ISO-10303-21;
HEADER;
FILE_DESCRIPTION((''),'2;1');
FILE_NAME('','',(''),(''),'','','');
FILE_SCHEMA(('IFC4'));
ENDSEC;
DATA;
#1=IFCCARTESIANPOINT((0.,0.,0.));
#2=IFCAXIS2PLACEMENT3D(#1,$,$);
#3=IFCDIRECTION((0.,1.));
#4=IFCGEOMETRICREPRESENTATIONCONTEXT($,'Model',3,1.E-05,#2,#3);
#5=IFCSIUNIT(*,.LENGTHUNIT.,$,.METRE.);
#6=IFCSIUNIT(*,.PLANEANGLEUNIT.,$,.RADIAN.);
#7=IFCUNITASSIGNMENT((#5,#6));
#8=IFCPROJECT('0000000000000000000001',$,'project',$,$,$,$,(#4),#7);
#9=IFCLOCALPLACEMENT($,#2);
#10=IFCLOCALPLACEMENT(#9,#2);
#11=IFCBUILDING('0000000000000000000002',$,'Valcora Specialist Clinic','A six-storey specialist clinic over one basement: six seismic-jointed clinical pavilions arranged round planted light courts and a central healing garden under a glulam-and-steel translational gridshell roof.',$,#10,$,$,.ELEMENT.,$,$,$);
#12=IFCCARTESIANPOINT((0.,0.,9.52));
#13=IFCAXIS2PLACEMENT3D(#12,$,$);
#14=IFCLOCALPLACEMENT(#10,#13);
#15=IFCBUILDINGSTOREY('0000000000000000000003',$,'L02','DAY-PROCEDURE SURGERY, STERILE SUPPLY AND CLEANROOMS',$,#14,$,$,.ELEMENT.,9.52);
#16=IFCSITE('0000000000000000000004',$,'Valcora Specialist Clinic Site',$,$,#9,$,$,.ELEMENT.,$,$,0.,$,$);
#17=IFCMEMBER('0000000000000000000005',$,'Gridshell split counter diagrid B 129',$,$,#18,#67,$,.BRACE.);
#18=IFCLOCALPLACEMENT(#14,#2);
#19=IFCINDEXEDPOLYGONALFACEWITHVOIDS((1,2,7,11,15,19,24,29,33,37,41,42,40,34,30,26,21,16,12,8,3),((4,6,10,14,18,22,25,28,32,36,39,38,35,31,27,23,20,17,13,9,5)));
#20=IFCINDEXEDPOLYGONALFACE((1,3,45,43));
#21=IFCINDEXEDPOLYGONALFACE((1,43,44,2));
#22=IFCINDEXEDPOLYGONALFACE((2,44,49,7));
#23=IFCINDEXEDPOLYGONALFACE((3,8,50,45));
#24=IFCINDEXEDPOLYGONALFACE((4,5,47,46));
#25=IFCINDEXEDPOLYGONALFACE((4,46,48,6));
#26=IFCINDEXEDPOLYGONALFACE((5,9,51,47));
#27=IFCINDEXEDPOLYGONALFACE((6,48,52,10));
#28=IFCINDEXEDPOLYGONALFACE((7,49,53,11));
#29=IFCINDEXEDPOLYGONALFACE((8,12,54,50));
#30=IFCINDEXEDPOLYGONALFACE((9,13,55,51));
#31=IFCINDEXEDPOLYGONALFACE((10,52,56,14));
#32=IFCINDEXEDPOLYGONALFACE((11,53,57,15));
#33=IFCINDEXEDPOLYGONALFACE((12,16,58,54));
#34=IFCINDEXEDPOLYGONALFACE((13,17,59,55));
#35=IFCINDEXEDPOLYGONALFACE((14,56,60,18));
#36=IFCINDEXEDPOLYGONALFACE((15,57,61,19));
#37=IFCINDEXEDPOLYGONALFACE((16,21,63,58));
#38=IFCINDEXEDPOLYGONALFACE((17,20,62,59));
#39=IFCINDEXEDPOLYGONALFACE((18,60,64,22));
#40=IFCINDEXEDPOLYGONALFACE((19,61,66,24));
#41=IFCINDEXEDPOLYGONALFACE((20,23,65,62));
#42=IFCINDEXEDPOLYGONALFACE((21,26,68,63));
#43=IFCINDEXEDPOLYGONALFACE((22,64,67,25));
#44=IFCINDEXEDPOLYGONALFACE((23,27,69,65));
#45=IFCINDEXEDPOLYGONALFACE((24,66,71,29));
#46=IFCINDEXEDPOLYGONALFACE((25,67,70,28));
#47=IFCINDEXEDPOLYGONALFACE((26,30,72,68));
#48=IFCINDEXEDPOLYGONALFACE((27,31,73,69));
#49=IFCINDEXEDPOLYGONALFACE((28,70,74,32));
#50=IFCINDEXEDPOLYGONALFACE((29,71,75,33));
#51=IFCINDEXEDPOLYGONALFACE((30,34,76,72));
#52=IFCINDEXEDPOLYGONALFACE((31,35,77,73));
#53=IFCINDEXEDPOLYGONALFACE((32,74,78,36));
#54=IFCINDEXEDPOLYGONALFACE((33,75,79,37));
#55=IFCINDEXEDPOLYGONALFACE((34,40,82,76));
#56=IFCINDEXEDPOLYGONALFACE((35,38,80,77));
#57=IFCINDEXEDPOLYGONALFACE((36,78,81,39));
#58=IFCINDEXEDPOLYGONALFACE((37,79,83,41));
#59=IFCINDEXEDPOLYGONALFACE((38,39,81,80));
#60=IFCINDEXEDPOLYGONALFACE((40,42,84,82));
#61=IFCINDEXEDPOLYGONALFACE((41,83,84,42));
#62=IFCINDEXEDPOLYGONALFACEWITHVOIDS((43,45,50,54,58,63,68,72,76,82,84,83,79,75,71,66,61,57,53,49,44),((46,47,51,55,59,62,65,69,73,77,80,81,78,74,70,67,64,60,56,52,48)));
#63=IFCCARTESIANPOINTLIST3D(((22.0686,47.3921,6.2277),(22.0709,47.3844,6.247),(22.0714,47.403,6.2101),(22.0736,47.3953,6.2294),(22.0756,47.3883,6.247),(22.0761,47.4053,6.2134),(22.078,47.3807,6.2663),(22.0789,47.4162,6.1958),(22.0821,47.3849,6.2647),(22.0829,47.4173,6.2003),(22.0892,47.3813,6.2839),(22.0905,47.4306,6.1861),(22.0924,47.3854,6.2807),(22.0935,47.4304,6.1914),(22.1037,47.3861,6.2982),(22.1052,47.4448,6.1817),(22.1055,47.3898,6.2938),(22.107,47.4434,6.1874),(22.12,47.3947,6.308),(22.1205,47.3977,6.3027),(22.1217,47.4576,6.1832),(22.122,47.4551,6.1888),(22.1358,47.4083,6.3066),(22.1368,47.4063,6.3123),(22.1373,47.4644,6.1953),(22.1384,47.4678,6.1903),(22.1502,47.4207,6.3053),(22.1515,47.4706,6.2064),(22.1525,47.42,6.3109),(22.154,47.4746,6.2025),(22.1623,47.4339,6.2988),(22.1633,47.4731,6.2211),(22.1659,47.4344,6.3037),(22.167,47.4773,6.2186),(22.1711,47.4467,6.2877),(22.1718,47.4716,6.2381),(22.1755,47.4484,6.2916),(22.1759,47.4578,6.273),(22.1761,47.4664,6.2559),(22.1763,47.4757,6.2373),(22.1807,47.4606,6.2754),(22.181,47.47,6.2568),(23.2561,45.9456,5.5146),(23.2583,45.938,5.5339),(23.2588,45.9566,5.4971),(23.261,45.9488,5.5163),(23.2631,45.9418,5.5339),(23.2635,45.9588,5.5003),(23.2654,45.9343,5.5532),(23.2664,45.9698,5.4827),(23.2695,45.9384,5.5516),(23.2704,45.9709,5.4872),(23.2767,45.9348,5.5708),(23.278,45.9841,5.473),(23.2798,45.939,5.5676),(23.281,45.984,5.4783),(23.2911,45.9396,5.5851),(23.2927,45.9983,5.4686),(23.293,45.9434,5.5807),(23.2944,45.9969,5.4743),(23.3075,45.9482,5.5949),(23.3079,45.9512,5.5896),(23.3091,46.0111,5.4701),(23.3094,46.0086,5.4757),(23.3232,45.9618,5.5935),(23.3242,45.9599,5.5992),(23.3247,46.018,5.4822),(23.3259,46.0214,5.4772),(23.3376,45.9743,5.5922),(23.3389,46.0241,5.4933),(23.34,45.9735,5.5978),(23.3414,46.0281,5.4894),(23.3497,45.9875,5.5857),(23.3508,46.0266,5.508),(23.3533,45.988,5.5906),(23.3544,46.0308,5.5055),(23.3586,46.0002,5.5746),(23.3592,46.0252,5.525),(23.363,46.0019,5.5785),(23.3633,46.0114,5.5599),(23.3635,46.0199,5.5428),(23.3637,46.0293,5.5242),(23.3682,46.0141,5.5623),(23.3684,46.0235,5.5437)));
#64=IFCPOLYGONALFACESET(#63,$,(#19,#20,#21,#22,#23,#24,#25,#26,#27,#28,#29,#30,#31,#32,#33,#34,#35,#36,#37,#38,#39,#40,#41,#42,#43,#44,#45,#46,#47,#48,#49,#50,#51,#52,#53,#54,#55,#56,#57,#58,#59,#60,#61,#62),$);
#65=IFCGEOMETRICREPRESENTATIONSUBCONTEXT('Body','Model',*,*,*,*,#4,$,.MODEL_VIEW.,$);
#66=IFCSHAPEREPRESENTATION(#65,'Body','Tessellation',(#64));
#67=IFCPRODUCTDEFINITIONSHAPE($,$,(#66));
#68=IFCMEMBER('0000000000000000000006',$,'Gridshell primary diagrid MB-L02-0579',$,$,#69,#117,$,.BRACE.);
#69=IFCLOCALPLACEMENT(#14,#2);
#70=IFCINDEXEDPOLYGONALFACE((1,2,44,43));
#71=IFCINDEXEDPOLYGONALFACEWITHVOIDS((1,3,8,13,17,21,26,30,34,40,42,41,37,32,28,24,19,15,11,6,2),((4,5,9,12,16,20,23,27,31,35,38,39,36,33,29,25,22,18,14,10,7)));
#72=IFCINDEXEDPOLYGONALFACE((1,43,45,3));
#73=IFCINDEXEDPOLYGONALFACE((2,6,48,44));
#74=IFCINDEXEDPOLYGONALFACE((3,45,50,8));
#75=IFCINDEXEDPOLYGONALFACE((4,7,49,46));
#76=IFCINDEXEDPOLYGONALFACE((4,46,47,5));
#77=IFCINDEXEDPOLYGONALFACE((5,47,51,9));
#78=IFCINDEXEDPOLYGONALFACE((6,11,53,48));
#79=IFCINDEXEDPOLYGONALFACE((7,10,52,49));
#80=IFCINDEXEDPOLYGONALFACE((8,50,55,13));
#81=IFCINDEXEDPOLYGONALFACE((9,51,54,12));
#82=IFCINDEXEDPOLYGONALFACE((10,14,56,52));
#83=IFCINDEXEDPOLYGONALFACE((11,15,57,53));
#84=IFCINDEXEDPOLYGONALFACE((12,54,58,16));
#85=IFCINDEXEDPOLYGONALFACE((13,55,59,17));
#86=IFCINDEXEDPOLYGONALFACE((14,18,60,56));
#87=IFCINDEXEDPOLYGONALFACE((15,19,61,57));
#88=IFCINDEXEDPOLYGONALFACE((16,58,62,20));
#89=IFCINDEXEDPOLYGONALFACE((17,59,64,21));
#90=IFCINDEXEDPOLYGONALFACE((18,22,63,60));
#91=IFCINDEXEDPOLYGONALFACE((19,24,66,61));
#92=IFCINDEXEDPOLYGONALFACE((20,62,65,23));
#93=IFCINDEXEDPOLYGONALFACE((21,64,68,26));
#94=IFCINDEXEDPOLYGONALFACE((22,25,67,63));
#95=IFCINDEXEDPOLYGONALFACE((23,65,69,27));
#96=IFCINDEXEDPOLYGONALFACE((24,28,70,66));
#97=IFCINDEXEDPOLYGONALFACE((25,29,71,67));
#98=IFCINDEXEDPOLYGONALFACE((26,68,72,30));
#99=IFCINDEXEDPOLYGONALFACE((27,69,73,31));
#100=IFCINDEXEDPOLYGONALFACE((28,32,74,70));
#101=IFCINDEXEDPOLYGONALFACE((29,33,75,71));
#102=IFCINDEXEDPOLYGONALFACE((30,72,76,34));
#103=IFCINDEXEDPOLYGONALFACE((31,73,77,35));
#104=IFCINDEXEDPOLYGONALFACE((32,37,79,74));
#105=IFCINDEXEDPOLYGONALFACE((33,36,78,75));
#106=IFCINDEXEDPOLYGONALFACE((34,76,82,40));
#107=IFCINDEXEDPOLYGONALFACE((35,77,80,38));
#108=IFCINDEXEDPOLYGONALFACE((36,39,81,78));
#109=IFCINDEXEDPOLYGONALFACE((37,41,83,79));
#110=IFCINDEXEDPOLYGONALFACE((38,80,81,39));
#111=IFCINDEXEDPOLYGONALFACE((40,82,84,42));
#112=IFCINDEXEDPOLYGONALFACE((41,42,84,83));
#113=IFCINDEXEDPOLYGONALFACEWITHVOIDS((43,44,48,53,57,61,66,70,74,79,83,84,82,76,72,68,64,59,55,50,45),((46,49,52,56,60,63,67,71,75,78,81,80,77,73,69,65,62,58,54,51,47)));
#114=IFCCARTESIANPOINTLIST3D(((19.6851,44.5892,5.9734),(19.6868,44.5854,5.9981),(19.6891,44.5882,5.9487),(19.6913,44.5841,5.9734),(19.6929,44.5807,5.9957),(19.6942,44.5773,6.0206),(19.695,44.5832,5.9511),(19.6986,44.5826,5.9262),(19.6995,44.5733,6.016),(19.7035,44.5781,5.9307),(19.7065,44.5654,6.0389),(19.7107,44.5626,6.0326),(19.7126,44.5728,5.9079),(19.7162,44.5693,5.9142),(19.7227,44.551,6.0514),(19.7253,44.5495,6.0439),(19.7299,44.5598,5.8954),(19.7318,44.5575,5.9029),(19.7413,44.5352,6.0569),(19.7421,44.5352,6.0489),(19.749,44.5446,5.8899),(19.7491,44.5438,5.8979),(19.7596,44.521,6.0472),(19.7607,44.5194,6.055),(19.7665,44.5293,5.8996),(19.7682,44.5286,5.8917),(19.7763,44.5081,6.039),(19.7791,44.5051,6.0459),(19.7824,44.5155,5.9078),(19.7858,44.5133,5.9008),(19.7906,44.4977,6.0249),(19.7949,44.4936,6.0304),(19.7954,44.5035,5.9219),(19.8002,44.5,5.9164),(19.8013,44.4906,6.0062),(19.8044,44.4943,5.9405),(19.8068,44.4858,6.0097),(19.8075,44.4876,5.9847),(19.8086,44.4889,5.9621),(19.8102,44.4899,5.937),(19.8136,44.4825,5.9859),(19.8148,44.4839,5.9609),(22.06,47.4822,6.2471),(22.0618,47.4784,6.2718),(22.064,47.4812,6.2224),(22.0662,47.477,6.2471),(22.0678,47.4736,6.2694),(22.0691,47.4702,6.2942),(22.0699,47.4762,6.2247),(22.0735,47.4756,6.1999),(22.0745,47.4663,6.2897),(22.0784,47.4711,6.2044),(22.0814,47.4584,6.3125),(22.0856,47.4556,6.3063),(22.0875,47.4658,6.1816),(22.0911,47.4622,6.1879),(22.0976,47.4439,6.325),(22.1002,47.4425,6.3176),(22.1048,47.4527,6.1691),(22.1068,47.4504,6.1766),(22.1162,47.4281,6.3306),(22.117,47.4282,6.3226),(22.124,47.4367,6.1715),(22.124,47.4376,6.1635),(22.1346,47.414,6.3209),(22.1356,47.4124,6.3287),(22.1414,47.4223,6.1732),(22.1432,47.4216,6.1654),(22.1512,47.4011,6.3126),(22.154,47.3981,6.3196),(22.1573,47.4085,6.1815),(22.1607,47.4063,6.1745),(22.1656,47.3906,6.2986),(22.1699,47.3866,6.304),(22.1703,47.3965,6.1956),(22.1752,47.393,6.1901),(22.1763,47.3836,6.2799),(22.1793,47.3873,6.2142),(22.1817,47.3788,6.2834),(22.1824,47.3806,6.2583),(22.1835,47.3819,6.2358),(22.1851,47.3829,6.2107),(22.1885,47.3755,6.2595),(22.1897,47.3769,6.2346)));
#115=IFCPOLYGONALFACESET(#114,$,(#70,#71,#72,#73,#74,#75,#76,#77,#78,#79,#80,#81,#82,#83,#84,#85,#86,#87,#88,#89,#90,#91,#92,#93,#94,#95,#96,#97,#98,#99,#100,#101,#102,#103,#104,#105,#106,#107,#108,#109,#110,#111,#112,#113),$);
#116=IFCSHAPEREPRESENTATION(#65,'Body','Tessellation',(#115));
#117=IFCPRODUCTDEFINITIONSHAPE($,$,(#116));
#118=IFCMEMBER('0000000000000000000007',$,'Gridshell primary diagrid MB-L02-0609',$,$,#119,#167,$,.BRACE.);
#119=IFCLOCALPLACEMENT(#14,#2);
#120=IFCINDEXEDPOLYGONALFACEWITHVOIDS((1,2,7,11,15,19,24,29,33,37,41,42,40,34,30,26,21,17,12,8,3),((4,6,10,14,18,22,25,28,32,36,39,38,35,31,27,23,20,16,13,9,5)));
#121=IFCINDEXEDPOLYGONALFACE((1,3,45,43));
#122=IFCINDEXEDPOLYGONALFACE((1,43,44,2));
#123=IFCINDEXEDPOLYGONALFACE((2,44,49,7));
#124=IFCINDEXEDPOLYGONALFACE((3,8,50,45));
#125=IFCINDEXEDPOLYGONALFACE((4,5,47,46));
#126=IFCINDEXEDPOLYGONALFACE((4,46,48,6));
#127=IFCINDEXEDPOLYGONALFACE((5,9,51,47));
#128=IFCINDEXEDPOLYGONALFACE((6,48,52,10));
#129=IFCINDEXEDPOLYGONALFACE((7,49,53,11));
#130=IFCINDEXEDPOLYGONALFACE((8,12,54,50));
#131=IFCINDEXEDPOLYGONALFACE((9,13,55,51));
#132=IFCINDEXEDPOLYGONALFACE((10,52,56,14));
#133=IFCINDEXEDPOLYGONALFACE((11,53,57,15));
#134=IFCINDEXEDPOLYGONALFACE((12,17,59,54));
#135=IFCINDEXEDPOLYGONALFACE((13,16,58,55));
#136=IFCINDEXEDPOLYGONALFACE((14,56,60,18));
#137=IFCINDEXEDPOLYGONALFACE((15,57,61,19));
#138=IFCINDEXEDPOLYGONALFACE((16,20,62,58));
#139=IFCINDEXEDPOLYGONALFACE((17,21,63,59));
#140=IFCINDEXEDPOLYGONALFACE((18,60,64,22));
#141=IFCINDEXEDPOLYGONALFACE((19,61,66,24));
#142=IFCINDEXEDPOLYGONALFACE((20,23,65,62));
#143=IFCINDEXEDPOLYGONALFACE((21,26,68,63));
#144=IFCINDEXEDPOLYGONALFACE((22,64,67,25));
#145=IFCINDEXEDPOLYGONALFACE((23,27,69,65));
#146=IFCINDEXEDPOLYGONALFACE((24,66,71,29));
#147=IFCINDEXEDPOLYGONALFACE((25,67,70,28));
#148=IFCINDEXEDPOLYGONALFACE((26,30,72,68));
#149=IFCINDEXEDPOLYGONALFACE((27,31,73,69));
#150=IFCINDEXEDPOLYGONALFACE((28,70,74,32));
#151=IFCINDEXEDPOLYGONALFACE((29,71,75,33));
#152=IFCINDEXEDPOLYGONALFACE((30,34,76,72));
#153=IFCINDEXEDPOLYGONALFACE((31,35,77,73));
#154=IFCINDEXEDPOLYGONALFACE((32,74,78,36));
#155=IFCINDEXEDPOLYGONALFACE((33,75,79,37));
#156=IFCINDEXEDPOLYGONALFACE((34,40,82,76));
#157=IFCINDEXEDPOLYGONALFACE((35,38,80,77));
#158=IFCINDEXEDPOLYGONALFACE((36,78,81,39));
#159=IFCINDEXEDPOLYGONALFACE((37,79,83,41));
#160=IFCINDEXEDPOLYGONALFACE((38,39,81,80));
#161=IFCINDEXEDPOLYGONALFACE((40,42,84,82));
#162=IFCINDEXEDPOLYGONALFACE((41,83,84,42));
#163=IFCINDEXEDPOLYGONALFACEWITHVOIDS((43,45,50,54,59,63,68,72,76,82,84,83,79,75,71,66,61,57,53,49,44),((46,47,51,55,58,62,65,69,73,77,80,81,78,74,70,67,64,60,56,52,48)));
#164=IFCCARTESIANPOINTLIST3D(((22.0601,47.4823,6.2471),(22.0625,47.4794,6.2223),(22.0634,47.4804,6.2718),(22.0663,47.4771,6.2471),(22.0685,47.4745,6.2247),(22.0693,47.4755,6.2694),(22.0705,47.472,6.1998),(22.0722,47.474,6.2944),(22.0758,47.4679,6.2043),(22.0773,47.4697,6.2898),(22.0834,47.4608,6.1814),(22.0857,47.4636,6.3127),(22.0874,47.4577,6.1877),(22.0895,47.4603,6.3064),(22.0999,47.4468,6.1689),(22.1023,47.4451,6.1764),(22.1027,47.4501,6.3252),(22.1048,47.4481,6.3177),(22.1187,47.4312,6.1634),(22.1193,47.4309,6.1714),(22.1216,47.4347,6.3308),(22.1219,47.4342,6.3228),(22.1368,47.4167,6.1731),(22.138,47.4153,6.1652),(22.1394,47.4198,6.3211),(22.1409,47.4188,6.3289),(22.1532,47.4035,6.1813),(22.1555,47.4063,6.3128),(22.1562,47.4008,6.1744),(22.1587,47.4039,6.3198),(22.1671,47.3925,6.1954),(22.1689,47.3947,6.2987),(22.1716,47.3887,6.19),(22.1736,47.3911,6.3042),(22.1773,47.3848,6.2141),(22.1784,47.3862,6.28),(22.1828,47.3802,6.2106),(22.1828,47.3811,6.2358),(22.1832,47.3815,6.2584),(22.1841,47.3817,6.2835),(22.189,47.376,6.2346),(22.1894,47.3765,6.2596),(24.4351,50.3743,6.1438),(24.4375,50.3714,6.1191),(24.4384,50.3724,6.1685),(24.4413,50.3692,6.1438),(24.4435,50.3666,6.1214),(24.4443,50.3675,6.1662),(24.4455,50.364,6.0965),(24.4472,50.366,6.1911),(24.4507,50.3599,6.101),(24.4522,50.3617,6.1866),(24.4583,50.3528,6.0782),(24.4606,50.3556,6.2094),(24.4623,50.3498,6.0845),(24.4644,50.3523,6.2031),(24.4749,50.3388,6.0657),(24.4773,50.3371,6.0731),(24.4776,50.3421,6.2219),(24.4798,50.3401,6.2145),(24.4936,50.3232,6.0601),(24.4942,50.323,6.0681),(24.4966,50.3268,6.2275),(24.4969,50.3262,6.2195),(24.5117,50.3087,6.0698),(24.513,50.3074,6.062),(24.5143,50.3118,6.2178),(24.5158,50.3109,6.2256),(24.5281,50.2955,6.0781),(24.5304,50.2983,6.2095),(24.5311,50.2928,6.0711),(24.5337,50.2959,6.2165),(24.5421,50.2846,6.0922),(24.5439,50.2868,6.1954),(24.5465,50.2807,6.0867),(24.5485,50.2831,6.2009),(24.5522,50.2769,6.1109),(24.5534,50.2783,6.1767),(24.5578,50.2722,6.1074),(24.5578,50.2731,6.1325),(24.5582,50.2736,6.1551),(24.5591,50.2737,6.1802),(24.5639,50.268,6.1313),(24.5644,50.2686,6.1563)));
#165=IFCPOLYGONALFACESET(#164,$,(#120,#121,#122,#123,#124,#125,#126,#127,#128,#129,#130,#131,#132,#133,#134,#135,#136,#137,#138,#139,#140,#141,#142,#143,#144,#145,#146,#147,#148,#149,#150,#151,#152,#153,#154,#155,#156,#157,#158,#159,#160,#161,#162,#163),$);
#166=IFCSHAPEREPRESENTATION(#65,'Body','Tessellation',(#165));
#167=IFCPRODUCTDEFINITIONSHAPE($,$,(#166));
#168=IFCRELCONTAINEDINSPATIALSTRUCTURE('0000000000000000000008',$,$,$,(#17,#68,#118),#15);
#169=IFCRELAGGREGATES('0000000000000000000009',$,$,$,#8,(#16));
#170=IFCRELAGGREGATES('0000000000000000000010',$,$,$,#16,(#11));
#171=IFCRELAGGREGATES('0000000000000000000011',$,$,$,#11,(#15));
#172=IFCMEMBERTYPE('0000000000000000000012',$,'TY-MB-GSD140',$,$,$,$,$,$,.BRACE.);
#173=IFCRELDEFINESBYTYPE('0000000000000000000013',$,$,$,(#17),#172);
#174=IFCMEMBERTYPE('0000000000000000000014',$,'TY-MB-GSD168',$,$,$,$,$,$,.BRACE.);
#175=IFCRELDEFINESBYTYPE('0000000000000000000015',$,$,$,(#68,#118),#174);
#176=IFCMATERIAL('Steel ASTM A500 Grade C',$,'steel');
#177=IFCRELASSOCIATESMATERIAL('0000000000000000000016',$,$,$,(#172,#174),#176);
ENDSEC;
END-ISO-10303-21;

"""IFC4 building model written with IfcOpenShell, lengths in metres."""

from ifc_helpers import new_model, si_unit, direction, frame, origin, origin_2d, place, context, subcontext, project, spatial, hollow_circle, extrude, material, material_profile, profile_set, type_object, element, save


model = new_model("IFC4")

# Units and contexts
model_context = context("Model", 3, precision=1e-05, world=origin(), true_north=direction((0.0, 1.0)))
body_context = subcontext(model_context, "Body", "Model", "MODEL_VIEW")
ifc_project = project(units=[si_unit("LENGTHUNIT", "METRE"), si_unit("PLANEANGLEUNIT", "RADIAN")], contexts=[model_context])

# Site, building, storey
site_placement = place(None, origin())
site = spatial("IfcSite", under=ifc_project, at=site_placement, Name="Valcora Specialist Clinic Site", CompositionType="ELEMENT", RefElevation=0.0)
building_placement = place(site_placement, origin())
building = spatial("IfcBuilding", under=site, at=building_placement, Name="Valcora Specialist Clinic", Description="A six-storey specialist clinic over one basement: six seismic-jointed clinical pavilions arranged round planted light courts and a central healing garden under a glulam-and-steel translational gridshell roof.", CompositionType="ELEMENT")
storey_placement = place(building_placement, frame((0.0, 0.0, 9.52)))
storey = spatial("IfcBuildingStorey", under=building, at=storey_placement, Name="L02", Description="DAY-PROCEDURE SURGERY, STERILE SUPPLY AND CLEANROOMS", CompositionType="ELEMENT", Elevation=9.52)

# Members
ifc_material_1 = material(Name="Steel ASTM A500 Grade C", Category="steel")
ifc_material_profile_1 = material_profile(ifc_material_1, hollow_circle(Radius=0.0701, WallThickness=0.0061, at=origin_2d()), Name="ST-CHS-140X6")
ifc_profile_set_1 = profile_set([ifc_material_profile_1], Name="Steel ASTM A500 Grade C")
member_type_1 = type_object("IfcMemberType", Name="TY-MB-GSD140", PredefinedType="BRACE", material=ifc_profile_set_1)
member_1_placement = place(storey_placement, frame((23.3125, 45.9824, 5.5339), z_axis=(-0.592922, 0.722258, 0.35607), x_axis=(-0.772916, -0.634508, 0.0)))
element("IfcMember", 1, at=member_1_placement, inside=storey, type_object=member_type_1, Name="Gridshell split counter diagrid B 129", PredefinedType="BRACE", context=body_context, shape_type="SweptSolid", body=[
    extrude(hollow_circle(Radius=0.0701, WallThickness=0.0061, at=origin_2d()), origin(), (0.0, 0.0, 1.0), 2.0027),
])
ifc_material_profile_2 = material_profile(ifc_material_1, hollow_circle(Radius=0.084, WallThickness=0.0081, at=origin_2d()), Name="ST-CHS-168X8")
ifc_profile_set_2 = profile_set([ifc_material_profile_2], Name="Steel ASTM A500 Grade C")
member_type_2 = type_object("IfcMemberType", Name="TY-MB-GSD168", PredefinedType="BRACE", material=ifc_profile_set_2)
member_2_placement = place(storey_placement, frame((19.75, 44.5359, 5.9734), z_axis=(0.632819, 0.770858, 0.072923), x_axis=(-0.772916, 0.634508, 0.0)))
element("IfcMember", 2, at=member_2_placement, inside=storey, type_object=member_type_2, Name="Gridshell primary diagrid MB-L02-0579", PredefinedType="BRACE", context=body_context, shape_type="SweptSolid", body=[
    extrude(hollow_circle(Radius=0.084, WallThickness=0.0081, at=origin_2d()), origin(), (0.0, 0.0, 1.0), 3.7529),
])
member_3_placement = place(storey_placement, frame((22.125, 47.429, 6.2471), z_axis=(0.634395, 0.772517, -0.027585), x_axis=(-0.772811, 0.634636, 0.0)))
element("IfcMember", 3, at=member_3_placement, inside=storey, type_object=member_type_2, Name="Gridshell primary diagrid MB-L02-0609", PredefinedType="BRACE", context=body_context, shape_type="SweptSolid", body=[
    extrude(hollow_circle(Radius=0.084, WallThickness=0.0081, at=origin_2d()), origin(), (0.0, 0.0, 1.0), 3.7437),
])

save(model, "model.ifc")
